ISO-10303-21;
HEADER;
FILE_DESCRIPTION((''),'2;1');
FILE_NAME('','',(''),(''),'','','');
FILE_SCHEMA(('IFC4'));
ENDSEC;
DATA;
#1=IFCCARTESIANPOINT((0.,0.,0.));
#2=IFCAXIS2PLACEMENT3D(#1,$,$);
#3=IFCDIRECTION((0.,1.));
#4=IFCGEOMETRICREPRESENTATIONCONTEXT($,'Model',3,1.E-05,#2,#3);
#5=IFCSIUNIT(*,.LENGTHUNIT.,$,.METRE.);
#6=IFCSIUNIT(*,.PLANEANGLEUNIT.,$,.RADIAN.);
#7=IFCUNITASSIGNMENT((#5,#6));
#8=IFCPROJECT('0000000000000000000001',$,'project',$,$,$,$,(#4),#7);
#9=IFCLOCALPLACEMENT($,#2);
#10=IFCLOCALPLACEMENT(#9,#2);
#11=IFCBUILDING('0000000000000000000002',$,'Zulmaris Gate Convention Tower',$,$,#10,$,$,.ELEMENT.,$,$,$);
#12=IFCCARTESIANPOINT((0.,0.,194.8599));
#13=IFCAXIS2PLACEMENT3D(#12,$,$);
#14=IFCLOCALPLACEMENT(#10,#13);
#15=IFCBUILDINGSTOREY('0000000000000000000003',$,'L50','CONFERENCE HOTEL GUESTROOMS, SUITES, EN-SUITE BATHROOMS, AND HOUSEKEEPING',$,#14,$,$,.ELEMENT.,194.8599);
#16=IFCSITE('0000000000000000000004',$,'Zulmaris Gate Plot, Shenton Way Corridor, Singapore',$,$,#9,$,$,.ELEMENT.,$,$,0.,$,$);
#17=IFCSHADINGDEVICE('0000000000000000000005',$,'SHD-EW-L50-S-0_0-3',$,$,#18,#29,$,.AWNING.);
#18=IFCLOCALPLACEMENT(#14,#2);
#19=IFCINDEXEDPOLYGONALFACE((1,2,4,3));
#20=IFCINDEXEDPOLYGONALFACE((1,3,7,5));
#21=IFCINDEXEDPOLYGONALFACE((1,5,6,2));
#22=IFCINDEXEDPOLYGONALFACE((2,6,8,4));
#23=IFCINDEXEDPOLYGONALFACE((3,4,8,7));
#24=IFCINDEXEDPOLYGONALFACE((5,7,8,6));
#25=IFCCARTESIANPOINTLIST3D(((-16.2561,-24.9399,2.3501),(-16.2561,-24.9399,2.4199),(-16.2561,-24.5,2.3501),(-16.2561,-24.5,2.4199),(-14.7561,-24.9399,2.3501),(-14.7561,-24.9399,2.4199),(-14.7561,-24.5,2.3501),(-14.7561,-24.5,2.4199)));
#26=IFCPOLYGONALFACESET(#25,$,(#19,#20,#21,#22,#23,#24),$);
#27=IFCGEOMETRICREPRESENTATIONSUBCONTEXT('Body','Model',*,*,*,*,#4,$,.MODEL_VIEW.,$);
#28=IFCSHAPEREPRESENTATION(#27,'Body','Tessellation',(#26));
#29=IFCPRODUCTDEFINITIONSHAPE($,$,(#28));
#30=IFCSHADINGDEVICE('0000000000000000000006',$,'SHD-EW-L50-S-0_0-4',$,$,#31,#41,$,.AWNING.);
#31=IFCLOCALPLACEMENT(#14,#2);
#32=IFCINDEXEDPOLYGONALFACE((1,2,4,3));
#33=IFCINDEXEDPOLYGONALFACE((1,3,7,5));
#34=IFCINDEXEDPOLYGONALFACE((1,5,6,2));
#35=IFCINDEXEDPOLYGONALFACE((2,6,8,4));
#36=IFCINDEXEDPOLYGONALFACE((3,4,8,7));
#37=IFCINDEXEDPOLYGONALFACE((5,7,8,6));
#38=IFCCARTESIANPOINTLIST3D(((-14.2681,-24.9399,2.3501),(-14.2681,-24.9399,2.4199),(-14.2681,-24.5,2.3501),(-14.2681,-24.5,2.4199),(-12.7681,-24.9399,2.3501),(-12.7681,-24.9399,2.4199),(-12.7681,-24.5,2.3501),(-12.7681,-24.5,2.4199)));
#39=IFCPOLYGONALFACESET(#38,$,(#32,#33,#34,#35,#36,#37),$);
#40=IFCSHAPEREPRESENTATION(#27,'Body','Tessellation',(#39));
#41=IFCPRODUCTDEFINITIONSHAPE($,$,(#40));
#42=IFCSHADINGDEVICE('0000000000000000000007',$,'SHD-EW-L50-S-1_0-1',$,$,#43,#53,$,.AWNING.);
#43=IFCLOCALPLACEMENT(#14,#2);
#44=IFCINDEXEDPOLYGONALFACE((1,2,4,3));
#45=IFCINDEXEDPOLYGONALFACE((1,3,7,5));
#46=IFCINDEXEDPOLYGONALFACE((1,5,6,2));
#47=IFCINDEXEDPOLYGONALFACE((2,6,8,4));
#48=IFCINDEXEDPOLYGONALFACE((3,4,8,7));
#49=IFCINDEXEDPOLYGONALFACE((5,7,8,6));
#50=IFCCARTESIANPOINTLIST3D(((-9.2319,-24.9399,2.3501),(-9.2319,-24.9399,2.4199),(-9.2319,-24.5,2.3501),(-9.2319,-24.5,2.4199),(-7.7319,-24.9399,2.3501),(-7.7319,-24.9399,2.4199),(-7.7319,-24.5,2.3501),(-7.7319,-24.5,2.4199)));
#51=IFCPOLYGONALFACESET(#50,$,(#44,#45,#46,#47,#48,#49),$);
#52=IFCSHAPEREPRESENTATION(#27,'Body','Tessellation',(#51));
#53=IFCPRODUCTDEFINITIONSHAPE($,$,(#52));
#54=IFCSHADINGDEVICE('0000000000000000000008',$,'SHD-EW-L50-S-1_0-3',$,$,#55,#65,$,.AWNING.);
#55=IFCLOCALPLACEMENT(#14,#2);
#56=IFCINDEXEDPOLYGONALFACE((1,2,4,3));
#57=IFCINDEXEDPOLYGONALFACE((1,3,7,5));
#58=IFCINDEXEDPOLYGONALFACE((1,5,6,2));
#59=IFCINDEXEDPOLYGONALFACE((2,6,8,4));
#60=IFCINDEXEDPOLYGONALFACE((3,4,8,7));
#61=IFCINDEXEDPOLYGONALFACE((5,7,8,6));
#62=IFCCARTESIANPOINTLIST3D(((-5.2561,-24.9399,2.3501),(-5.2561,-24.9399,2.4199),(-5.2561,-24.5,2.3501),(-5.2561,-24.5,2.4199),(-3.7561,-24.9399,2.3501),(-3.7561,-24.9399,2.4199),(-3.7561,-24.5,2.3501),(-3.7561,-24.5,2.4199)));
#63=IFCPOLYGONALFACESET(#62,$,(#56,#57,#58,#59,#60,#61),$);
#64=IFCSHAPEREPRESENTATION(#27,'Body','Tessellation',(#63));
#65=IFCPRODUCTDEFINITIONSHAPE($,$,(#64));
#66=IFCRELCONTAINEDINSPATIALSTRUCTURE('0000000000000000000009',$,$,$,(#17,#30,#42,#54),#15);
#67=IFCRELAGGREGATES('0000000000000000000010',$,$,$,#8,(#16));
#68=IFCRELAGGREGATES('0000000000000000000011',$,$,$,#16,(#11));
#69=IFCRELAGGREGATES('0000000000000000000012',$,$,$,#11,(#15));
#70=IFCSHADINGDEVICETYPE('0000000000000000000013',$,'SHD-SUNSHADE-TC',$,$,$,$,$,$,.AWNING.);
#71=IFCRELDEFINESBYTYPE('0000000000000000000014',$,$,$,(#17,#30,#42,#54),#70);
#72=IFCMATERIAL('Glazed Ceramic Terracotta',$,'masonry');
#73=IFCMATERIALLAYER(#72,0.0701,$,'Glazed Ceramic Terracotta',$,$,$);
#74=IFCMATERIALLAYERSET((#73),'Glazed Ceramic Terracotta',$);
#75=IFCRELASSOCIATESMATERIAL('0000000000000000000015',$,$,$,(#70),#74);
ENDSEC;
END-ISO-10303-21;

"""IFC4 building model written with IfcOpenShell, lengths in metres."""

from ifc_helpers import new_model, si_unit, direction, frame, frame_2d, origin, place, context, subcontext, project, spatial, rectangle, extrude, material, layer, layer_set, type_object, element, save


model = new_model("IFC4")

# Units and contexts
model_context = context("Model", 3, precision=1e-05, world=origin(), true_north=direction((0.0, 1.0)))
body_context = subcontext(model_context, "Body", "Model", "MODEL_VIEW")
ifc_project = project(units=[si_unit("LENGTHUNIT", "METRE"), si_unit("PLANEANGLEUNIT", "RADIAN")], contexts=[model_context])

# Site, building, storey
site_placement = place(None, origin())
site = spatial("IfcSite", under=ifc_project, at=site_placement, Name="Zulmaris Gate Plot, Shenton Way Corridor, Singapore", CompositionType="ELEMENT", RefElevation=0.0)
building_placement = place(site_placement, origin())
building = spatial("IfcBuilding", under=site, at=building_placement, Name="Zulmaris Gate Convention Tower", CompositionType="ELEMENT")
storey_placement = place(building_placement, frame((0.0, 0.0, 194.8599)))
storey = spatial("IfcBuildingStorey", under=building, at=storey_placement, Name="L50", Description="CONFERENCE HOTEL GUESTROOMS, SUITES, EN-SUITE BATHROOMS, AND HOUSEKEEPING", CompositionType="ELEMENT", Elevation=194.8599)

# Shading devices
ifc_material_1 = material(Name="Glazed Ceramic Terracotta", Category="masonry")
ifc_layer_1 = layer(ifc_material_1, 0.0701, Name="Glazed Ceramic Terracotta")
ifc_layer_set_1 = layer_set([ifc_layer_1], Name="Glazed Ceramic Terracotta")
shading_device_type = type_object("IfcShadingDeviceType", Name="SHD-SUNSHADE-TC", PredefinedType="AWNING", material=ifc_layer_set_1)
for number, where, z_axis, x_axis, name in (
    (1, (-16.2561, -24.72, 2.3501), (0.0, 0.0, 1.0), (1.0, 0.0, 0.0), "SHD-EW-L50-S-0_0-3"),
    (2, (-14.2681, -24.72, 2.3501), (0.0, 0.0, 1.0), (1.0, 0.0, 0.0), "SHD-EW-L50-S-0_0-4"),
    (3, (-9.2319, -24.72, 2.3501), (0.0, 0.0, 1.0), (1.0, 0.0, 0.0), "SHD-EW-L50-S-1_0-1"),
    (4, (-5.2561, -24.72, 2.3501), (0.0, 0.0, 1.0), (1.0, 0.0, 0.0), "SHD-EW-L50-S-1_0-3"),
):
    element("IfcShadingDevice", number, at=place(storey_placement, frame(where, z_axis=z_axis, x_axis=x_axis)), inside=storey, type_object=shading_device_type, Name=name, PredefinedType="AWNING", context=body_context, shape_type="SweptSolid", body=[
        extrude(rectangle(XDim=1.5, YDim=0.4399, at=frame_2d((0.75, 0.0))), origin(), (0.0, 0.0, 1.0), 0.0698),
    ])

save(model, "model.ifc")
